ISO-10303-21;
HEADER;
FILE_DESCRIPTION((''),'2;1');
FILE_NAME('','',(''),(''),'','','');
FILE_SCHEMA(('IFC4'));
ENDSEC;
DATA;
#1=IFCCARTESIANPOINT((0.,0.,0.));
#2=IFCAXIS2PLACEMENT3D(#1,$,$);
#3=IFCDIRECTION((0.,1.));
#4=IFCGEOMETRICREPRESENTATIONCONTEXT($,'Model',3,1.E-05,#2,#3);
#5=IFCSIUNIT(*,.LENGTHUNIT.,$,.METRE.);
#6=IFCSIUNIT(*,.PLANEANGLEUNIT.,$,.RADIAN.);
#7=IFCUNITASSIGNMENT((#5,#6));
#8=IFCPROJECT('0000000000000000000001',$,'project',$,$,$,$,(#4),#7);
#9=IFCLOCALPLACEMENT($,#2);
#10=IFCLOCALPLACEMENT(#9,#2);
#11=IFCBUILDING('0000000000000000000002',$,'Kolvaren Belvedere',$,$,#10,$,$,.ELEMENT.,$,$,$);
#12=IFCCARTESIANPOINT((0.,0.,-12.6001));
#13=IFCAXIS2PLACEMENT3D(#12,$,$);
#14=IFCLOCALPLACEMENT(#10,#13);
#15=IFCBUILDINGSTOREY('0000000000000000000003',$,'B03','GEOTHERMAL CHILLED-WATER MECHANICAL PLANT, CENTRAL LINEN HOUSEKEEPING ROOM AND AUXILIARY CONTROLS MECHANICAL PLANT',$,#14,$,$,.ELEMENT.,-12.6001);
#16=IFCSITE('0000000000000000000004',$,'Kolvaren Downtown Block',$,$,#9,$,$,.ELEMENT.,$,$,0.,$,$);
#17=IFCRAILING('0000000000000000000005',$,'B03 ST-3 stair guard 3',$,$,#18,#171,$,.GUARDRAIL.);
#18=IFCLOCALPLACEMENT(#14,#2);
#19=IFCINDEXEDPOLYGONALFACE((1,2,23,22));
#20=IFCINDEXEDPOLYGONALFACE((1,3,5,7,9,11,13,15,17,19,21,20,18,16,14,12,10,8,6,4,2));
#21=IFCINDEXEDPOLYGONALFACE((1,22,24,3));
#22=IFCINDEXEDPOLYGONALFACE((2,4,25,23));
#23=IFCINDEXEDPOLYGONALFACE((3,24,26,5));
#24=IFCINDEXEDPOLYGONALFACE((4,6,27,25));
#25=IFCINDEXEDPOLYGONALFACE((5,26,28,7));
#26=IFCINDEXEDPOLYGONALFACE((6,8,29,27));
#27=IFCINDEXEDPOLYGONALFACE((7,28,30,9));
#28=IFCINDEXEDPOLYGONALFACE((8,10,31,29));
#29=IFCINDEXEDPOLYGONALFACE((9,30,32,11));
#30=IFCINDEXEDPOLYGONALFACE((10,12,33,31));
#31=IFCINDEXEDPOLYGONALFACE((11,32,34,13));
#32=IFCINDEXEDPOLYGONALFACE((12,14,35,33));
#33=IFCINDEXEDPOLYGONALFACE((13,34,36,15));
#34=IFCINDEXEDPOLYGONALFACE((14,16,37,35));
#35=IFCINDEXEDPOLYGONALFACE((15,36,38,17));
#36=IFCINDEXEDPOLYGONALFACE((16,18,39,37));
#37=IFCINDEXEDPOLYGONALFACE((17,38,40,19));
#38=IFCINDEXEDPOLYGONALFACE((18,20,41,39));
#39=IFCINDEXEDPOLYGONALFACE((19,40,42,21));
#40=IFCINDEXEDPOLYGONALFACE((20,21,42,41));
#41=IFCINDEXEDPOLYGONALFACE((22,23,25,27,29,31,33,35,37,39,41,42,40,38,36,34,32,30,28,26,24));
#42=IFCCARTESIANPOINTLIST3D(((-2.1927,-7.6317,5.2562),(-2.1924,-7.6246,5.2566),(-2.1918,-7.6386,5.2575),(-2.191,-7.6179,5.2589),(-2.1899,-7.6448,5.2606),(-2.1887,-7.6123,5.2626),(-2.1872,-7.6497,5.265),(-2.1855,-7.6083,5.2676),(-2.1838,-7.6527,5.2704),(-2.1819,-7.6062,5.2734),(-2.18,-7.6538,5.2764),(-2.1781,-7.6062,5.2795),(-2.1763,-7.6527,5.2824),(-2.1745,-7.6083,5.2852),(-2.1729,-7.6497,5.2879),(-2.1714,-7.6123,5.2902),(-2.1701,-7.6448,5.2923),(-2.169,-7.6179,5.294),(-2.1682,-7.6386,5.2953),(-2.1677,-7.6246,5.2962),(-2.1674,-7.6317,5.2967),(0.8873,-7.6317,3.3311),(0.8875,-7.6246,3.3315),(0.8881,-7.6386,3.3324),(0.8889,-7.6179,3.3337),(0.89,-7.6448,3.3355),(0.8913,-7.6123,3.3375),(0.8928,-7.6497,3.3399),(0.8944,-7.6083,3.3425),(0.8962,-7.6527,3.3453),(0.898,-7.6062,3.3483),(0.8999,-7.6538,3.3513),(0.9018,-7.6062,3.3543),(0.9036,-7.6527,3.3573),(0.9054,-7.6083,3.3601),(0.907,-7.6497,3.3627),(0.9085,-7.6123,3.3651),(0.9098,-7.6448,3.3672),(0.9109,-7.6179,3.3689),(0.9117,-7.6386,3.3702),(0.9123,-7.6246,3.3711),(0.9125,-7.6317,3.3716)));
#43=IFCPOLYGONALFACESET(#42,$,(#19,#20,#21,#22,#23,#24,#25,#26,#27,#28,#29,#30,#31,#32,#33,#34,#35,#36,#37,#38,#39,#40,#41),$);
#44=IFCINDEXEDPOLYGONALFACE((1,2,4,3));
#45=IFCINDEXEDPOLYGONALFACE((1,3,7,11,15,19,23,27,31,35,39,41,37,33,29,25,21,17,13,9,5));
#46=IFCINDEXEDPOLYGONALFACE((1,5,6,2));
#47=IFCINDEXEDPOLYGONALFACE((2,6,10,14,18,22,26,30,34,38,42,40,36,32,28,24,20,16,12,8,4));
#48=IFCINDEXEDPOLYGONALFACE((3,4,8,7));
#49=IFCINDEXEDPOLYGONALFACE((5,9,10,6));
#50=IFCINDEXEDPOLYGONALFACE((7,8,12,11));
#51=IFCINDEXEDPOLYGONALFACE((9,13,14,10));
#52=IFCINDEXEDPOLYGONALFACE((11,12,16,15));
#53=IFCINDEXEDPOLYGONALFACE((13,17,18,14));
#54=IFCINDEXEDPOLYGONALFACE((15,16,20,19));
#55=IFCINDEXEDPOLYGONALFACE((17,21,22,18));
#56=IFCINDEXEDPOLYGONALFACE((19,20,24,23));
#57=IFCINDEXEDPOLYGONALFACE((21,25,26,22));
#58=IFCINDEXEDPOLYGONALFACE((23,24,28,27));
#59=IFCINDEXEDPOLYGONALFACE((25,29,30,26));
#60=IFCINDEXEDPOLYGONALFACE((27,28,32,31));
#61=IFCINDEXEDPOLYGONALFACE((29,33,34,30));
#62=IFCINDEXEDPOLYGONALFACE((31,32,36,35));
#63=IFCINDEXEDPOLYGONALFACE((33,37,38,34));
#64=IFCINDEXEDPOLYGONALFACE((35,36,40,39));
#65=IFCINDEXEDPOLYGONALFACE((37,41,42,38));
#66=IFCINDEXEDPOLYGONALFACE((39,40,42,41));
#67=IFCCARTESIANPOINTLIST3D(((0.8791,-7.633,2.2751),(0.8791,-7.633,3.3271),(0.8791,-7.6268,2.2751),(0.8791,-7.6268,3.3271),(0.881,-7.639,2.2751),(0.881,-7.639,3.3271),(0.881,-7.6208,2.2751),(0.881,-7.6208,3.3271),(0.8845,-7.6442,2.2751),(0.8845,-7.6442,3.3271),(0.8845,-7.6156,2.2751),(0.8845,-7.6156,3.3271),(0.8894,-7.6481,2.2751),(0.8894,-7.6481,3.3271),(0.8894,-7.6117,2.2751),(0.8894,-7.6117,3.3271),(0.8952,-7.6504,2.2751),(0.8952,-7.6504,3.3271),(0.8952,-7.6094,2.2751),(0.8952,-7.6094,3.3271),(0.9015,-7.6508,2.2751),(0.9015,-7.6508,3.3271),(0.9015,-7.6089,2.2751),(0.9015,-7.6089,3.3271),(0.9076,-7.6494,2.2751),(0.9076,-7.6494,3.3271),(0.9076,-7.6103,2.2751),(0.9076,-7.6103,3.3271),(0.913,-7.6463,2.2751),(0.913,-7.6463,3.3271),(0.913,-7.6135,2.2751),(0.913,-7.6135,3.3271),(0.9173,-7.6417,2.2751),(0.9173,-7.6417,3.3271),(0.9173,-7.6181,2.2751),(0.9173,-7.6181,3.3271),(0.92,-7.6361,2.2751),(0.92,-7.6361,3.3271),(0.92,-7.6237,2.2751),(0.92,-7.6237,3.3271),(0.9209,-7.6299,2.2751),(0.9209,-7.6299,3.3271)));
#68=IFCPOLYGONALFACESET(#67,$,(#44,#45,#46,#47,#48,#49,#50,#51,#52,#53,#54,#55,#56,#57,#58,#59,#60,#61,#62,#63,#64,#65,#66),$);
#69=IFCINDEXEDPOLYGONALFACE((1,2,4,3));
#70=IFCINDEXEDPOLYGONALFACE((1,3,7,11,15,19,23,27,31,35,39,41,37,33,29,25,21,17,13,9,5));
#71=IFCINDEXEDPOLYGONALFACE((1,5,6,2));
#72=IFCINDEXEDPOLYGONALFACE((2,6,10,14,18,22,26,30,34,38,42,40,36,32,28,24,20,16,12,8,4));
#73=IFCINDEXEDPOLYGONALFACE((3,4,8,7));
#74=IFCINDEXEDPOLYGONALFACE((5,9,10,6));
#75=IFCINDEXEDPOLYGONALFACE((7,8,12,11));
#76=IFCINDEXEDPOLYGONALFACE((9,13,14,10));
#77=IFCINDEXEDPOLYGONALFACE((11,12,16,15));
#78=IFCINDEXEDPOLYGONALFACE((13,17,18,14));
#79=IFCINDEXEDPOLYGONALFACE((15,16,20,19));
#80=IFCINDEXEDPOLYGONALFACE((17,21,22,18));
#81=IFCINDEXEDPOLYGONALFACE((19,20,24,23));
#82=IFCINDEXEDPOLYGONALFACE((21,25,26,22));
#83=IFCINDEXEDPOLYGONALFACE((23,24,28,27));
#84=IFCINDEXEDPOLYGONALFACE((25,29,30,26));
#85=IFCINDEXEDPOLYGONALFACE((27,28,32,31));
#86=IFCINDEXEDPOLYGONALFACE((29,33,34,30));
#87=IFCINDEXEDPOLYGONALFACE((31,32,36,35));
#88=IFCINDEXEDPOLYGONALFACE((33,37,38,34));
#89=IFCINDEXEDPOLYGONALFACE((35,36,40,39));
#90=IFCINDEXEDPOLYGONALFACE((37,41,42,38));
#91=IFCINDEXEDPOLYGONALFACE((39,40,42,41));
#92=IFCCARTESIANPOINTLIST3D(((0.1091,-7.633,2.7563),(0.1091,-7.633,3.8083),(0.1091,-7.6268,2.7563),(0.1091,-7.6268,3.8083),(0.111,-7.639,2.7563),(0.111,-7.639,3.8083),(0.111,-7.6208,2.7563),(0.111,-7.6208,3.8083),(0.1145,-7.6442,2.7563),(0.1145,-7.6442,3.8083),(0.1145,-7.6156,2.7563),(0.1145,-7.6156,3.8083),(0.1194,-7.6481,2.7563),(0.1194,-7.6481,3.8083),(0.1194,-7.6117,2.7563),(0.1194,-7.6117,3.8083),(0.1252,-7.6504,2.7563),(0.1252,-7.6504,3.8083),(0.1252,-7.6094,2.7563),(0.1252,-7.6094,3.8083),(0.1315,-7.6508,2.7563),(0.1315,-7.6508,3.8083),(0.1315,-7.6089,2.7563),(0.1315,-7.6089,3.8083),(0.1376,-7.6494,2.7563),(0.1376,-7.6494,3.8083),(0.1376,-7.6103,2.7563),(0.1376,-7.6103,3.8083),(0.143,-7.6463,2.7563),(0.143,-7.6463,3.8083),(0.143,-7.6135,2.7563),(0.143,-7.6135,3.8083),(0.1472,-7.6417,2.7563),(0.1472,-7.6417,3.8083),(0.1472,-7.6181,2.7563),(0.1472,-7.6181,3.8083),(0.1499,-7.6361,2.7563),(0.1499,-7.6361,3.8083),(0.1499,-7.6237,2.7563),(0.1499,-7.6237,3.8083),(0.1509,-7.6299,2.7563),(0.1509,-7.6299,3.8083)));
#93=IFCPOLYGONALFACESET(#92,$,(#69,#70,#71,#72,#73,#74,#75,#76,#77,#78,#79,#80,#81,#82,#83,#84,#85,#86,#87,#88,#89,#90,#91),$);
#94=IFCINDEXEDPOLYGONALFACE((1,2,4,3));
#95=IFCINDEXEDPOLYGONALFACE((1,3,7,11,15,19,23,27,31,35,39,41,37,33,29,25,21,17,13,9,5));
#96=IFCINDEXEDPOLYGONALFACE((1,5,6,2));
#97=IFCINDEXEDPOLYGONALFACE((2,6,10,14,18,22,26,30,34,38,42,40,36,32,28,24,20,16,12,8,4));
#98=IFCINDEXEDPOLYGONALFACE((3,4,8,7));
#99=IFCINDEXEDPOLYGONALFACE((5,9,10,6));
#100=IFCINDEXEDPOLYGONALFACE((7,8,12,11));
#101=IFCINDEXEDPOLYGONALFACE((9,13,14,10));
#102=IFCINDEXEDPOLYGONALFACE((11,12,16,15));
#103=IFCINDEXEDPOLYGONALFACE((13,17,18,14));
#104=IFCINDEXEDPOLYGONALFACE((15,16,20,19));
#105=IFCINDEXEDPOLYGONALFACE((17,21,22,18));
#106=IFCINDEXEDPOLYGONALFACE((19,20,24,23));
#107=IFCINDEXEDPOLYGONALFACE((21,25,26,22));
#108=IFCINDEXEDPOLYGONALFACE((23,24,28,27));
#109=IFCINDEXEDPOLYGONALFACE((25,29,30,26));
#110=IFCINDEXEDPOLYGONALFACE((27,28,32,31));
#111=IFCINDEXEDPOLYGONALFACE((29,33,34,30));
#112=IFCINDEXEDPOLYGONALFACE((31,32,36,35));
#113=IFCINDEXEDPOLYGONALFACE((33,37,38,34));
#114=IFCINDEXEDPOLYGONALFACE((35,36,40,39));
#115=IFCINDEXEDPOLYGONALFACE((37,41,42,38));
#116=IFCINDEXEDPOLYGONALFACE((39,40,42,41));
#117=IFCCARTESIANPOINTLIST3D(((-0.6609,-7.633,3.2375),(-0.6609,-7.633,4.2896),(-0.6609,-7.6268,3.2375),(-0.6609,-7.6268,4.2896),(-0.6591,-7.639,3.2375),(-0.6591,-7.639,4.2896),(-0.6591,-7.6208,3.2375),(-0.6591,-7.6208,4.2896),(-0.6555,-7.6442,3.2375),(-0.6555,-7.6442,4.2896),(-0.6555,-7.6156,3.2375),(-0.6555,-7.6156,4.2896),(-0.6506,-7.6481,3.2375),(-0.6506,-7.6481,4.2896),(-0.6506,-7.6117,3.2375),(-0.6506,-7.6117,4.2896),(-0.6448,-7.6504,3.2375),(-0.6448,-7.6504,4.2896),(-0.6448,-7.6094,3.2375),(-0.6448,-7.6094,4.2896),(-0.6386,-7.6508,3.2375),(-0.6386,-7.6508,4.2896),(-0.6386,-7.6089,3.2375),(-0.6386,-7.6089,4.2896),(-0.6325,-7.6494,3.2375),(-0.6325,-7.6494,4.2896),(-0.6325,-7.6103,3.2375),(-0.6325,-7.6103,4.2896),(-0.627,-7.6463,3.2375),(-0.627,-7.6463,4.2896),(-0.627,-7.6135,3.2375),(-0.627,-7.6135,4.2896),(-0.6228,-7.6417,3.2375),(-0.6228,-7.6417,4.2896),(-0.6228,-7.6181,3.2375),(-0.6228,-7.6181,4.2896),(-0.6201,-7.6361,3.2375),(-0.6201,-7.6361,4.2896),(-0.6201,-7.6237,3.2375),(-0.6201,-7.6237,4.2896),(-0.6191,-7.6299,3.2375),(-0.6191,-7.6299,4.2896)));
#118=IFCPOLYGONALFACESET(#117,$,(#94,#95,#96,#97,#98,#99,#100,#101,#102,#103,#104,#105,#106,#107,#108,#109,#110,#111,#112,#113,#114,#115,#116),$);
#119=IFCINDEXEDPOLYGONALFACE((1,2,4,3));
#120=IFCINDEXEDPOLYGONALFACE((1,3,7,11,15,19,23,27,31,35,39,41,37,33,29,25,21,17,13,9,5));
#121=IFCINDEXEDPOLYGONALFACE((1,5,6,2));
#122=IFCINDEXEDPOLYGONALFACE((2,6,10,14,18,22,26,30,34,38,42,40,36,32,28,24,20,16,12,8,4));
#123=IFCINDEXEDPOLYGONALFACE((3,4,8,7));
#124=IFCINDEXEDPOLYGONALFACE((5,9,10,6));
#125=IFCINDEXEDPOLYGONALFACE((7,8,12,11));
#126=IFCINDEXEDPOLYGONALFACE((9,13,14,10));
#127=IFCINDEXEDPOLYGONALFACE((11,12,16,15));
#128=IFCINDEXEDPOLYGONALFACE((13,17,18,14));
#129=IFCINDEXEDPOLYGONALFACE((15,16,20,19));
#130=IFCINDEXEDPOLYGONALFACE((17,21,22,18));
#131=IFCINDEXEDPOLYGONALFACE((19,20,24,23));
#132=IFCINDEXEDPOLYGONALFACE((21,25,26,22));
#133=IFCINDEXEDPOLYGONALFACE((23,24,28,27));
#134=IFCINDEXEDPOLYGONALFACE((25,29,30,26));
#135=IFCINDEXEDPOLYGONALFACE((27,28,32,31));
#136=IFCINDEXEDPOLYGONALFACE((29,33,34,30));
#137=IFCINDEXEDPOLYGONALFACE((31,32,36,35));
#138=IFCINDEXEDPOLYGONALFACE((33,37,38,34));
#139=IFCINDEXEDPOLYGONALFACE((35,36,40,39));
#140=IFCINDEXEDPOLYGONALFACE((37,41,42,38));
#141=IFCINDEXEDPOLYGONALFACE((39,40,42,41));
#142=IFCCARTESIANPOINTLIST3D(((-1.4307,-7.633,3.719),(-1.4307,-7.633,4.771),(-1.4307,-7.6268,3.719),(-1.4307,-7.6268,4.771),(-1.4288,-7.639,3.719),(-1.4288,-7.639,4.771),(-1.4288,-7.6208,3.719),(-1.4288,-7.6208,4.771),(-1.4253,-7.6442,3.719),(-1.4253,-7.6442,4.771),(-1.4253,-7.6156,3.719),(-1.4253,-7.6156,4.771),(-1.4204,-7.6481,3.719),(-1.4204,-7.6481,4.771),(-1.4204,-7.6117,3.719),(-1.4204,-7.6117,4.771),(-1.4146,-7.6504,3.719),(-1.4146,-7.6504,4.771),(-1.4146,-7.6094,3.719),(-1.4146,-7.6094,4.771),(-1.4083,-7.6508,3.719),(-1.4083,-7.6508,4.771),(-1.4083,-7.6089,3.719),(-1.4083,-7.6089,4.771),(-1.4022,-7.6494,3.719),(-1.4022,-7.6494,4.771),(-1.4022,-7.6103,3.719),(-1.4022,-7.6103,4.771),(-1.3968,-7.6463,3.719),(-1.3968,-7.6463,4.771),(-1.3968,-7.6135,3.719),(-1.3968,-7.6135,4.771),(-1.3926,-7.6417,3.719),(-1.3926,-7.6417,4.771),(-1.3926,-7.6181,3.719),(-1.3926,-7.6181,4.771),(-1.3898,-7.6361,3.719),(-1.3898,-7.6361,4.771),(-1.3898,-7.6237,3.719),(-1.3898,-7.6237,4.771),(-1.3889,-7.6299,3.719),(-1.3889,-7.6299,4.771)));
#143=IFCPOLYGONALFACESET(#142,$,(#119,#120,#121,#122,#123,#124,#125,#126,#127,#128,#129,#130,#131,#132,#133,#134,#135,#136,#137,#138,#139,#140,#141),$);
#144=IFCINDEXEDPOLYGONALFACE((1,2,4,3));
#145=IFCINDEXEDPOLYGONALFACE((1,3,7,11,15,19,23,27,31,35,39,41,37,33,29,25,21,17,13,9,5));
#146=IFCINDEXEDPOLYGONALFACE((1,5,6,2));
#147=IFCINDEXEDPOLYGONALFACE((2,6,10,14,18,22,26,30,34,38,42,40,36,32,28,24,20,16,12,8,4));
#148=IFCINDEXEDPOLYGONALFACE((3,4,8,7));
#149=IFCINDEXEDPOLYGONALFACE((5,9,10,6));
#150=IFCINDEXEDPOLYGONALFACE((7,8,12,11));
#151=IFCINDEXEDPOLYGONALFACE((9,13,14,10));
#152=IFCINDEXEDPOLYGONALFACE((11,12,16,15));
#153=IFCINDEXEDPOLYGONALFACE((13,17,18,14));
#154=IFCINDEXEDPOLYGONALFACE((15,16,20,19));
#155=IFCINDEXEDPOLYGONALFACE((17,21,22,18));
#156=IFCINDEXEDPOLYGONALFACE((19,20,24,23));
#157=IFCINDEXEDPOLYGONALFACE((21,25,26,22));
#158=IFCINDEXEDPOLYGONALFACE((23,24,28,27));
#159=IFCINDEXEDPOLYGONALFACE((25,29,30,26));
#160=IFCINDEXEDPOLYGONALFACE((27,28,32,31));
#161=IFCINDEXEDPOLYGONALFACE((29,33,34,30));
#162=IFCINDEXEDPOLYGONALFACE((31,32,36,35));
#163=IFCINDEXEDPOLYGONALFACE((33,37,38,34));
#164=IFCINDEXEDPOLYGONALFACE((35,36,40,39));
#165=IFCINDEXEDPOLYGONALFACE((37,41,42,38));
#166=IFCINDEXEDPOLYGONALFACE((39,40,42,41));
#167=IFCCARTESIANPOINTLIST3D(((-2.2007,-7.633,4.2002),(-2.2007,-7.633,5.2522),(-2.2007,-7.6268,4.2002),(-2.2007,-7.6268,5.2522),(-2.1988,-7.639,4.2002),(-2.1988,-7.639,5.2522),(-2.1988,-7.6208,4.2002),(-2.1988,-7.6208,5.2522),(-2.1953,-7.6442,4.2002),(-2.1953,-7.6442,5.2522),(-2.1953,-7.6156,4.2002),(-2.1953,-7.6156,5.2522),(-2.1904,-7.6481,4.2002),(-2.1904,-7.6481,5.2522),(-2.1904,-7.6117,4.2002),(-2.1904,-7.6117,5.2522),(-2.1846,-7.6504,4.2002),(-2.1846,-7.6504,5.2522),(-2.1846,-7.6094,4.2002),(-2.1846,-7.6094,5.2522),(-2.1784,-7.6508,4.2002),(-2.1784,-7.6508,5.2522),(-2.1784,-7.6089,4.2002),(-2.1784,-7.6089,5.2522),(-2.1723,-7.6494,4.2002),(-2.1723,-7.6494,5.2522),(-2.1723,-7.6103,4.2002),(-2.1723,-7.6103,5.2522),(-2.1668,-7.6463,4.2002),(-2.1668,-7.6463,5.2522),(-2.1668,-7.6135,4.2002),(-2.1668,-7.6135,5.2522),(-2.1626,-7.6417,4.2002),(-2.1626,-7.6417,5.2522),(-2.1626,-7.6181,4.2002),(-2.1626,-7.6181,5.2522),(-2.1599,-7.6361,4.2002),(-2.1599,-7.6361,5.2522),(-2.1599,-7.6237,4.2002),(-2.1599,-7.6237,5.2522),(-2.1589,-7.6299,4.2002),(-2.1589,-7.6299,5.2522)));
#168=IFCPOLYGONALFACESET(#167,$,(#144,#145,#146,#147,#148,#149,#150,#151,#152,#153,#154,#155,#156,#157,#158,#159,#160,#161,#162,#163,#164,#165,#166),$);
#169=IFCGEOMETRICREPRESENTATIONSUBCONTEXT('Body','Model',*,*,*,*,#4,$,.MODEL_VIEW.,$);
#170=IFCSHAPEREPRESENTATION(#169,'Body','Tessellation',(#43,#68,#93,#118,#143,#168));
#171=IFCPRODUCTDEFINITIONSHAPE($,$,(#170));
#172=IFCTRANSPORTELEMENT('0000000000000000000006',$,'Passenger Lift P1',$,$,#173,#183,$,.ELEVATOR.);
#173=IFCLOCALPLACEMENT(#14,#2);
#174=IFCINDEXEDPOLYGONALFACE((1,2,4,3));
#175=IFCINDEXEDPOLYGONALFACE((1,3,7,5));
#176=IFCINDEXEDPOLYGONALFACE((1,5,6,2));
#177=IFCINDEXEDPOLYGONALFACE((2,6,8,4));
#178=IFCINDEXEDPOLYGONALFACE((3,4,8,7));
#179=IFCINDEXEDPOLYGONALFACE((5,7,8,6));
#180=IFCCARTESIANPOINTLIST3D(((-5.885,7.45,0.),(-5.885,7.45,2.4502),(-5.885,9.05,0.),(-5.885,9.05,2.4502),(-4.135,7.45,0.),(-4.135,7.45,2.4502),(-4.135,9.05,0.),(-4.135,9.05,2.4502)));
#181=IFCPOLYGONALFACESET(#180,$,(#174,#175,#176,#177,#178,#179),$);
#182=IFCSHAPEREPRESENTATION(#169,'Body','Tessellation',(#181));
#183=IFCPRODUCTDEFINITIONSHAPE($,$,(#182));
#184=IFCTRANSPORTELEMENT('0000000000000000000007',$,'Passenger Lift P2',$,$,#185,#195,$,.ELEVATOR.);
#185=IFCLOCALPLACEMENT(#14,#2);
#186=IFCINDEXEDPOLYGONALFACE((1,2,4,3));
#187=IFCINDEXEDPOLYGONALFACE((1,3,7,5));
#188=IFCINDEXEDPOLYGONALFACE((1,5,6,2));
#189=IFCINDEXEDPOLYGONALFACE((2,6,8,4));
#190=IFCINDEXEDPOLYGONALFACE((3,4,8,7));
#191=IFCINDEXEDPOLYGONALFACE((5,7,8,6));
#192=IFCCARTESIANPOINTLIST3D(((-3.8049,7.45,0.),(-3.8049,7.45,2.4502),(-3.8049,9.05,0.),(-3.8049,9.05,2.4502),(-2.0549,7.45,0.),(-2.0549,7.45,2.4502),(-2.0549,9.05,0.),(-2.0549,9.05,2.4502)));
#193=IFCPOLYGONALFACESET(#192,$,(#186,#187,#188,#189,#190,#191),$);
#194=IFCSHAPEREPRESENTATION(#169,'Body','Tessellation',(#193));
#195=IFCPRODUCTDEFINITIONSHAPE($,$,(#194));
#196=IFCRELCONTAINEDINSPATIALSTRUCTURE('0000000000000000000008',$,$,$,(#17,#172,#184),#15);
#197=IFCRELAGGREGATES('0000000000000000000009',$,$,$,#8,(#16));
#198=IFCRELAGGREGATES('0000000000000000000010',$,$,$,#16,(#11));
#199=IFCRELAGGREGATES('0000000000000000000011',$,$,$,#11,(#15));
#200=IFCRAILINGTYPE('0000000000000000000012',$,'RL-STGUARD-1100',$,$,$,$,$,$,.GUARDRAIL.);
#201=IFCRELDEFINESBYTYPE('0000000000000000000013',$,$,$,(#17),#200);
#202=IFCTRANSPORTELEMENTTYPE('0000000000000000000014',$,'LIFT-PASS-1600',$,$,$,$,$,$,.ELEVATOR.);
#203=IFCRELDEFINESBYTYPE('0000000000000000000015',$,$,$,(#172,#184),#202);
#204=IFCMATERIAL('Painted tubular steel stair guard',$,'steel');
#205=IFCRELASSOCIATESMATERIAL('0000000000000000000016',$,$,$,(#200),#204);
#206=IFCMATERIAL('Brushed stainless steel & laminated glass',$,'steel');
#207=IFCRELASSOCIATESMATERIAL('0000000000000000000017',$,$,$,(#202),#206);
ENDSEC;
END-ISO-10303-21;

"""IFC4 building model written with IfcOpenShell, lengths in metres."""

from ifc_helpers import new_model, si_unit, direction, frame, origin, origin_2d, place, context, subcontext, project, spatial, polyline, circle, outline, extrude, material, type_object, element, save


model = new_model("IFC4")

# Units and contexts
model_context = context("Model", 3, precision=1e-05, world=origin(), true_north=direction((0.0, 1.0)))
body_context = subcontext(model_context, "Body", "Model", "MODEL_VIEW")
ifc_project = project(units=[si_unit("LENGTHUNIT", "METRE"), si_unit("PLANEANGLEUNIT", "RADIAN")], contexts=[model_context])

# Site, building, storey
site_placement = place(None, origin())
site = spatial("IfcSite", under=ifc_project, at=site_placement, Name="Kolvaren Downtown Block", CompositionType="ELEMENT", RefElevation=0.0)
building_placement = place(site_placement, origin())
building = spatial("IfcBuilding", under=site, at=building_placement, Name="Kolvaren Belvedere", CompositionType="ELEMENT")
storey_placement = place(building_placement, frame((0.0, 0.0, -12.6001)))
storey = spatial("IfcBuildingStorey", under=building, at=storey_placement, Name="B03", Description="GEOTHERMAL CHILLED-WATER MECHANICAL PLANT, CENTRAL LINEN HOUSEKEEPING ROOM AND AUXILIARY CONTROLS MECHANICAL PLANT", CompositionType="ELEMENT", Elevation=-12.6001)

# Railing
ifc_material_1 = material(Name="Painted tubular steel stair guard", Category="steel")
railing_type_1 = type_object("IfcRailingType", Name="RL-STGUARD-1100", PredefinedType="GUARDRAIL", material=ifc_material_1)
railing_1_placement = place(storey_placement, frame((0.8999, -7.6299, 2.2751)))
element("IfcRailing", 1, at=railing_1_placement, inside=storey, type_object=railing_type_1, Name="B03 ST-3 stair guard 3", PredefinedType="GUARDRAIL", context=body_context, shape_type="SweptSolid", body=[
    extrude(circle(Radius=0.0239, at=origin_2d()), frame((0.0, 0.0, 1.0762), z_axis=(-0.847979, 0.0, 0.530029), x_axis=(0.0, -1.0, 0.0)), (0.0, 0.0, 1.0), 3.6321),
    extrude(circle(Radius=0.021, at=origin_2d()), origin(), (0.0, 0.0, 1.0), 1.052),
    extrude(circle(Radius=0.021, at=origin_2d()), frame((-0.77, 0.0, 0.4812)), (0.0, 0.0, 1.0), 1.052),
    extrude(circle(Radius=0.021, at=origin_2d()), frame((-1.54, 0.0, 0.9624)), (0.0, 0.0, 1.0), 1.052),
    extrude(circle(Radius=0.021, at=origin_2d()), frame((-2.3098, 0.0, 1.4438)), (0.0, 0.0, 1.0), 1.052),
    extrude(circle(Radius=0.021, at=origin_2d()), frame((-3.0798, 0.0, 1.925)), (0.0, 0.0, 1.0), 1.052),
])

# Transport elements
ifc_material_2 = material(Name="Brushed stainless steel & laminated glass", Category="steel")
transport_element_type = type_object("IfcTransportElementType", Name="LIFT-PASS-1600", PredefinedType="ELEVATOR", material=ifc_material_2)
transport_element_1_placement = place(storey_placement, origin())
element("IfcTransportElement", 2, at=transport_element_1_placement, inside=storey, type_object=transport_element_type, Name="Passenger Lift P1", PredefinedType="ELEVATOR", context=body_context, shape_type="SweptSolid", body=[
    extrude(outline(polyline([(-5.885, 7.45), (-4.135, 7.45), (-4.135, 9.05), (-5.885, 9.05), (-5.885, 7.45)])), origin(), (0.0, 0.0, 1.0), 2.4502),
])
transport_element_2_placement = place(storey_placement, origin())
element("IfcTransportElement", 3, at=transport_element_2_placement, inside=storey, type_object=transport_element_type, Name="Passenger Lift P2", PredefinedType="ELEVATOR", context=body_context, shape_type="SweptSolid", body=[
    extrude(outline(polyline([(-3.8049, 7.45), (-2.0549, 7.45), (-2.0549, 9.05), (-3.8049, 9.05), (-3.8049, 7.45)])), origin(), (0.0, 0.0, 1.0), 2.4502),
])

save(model, "model.ifc")
